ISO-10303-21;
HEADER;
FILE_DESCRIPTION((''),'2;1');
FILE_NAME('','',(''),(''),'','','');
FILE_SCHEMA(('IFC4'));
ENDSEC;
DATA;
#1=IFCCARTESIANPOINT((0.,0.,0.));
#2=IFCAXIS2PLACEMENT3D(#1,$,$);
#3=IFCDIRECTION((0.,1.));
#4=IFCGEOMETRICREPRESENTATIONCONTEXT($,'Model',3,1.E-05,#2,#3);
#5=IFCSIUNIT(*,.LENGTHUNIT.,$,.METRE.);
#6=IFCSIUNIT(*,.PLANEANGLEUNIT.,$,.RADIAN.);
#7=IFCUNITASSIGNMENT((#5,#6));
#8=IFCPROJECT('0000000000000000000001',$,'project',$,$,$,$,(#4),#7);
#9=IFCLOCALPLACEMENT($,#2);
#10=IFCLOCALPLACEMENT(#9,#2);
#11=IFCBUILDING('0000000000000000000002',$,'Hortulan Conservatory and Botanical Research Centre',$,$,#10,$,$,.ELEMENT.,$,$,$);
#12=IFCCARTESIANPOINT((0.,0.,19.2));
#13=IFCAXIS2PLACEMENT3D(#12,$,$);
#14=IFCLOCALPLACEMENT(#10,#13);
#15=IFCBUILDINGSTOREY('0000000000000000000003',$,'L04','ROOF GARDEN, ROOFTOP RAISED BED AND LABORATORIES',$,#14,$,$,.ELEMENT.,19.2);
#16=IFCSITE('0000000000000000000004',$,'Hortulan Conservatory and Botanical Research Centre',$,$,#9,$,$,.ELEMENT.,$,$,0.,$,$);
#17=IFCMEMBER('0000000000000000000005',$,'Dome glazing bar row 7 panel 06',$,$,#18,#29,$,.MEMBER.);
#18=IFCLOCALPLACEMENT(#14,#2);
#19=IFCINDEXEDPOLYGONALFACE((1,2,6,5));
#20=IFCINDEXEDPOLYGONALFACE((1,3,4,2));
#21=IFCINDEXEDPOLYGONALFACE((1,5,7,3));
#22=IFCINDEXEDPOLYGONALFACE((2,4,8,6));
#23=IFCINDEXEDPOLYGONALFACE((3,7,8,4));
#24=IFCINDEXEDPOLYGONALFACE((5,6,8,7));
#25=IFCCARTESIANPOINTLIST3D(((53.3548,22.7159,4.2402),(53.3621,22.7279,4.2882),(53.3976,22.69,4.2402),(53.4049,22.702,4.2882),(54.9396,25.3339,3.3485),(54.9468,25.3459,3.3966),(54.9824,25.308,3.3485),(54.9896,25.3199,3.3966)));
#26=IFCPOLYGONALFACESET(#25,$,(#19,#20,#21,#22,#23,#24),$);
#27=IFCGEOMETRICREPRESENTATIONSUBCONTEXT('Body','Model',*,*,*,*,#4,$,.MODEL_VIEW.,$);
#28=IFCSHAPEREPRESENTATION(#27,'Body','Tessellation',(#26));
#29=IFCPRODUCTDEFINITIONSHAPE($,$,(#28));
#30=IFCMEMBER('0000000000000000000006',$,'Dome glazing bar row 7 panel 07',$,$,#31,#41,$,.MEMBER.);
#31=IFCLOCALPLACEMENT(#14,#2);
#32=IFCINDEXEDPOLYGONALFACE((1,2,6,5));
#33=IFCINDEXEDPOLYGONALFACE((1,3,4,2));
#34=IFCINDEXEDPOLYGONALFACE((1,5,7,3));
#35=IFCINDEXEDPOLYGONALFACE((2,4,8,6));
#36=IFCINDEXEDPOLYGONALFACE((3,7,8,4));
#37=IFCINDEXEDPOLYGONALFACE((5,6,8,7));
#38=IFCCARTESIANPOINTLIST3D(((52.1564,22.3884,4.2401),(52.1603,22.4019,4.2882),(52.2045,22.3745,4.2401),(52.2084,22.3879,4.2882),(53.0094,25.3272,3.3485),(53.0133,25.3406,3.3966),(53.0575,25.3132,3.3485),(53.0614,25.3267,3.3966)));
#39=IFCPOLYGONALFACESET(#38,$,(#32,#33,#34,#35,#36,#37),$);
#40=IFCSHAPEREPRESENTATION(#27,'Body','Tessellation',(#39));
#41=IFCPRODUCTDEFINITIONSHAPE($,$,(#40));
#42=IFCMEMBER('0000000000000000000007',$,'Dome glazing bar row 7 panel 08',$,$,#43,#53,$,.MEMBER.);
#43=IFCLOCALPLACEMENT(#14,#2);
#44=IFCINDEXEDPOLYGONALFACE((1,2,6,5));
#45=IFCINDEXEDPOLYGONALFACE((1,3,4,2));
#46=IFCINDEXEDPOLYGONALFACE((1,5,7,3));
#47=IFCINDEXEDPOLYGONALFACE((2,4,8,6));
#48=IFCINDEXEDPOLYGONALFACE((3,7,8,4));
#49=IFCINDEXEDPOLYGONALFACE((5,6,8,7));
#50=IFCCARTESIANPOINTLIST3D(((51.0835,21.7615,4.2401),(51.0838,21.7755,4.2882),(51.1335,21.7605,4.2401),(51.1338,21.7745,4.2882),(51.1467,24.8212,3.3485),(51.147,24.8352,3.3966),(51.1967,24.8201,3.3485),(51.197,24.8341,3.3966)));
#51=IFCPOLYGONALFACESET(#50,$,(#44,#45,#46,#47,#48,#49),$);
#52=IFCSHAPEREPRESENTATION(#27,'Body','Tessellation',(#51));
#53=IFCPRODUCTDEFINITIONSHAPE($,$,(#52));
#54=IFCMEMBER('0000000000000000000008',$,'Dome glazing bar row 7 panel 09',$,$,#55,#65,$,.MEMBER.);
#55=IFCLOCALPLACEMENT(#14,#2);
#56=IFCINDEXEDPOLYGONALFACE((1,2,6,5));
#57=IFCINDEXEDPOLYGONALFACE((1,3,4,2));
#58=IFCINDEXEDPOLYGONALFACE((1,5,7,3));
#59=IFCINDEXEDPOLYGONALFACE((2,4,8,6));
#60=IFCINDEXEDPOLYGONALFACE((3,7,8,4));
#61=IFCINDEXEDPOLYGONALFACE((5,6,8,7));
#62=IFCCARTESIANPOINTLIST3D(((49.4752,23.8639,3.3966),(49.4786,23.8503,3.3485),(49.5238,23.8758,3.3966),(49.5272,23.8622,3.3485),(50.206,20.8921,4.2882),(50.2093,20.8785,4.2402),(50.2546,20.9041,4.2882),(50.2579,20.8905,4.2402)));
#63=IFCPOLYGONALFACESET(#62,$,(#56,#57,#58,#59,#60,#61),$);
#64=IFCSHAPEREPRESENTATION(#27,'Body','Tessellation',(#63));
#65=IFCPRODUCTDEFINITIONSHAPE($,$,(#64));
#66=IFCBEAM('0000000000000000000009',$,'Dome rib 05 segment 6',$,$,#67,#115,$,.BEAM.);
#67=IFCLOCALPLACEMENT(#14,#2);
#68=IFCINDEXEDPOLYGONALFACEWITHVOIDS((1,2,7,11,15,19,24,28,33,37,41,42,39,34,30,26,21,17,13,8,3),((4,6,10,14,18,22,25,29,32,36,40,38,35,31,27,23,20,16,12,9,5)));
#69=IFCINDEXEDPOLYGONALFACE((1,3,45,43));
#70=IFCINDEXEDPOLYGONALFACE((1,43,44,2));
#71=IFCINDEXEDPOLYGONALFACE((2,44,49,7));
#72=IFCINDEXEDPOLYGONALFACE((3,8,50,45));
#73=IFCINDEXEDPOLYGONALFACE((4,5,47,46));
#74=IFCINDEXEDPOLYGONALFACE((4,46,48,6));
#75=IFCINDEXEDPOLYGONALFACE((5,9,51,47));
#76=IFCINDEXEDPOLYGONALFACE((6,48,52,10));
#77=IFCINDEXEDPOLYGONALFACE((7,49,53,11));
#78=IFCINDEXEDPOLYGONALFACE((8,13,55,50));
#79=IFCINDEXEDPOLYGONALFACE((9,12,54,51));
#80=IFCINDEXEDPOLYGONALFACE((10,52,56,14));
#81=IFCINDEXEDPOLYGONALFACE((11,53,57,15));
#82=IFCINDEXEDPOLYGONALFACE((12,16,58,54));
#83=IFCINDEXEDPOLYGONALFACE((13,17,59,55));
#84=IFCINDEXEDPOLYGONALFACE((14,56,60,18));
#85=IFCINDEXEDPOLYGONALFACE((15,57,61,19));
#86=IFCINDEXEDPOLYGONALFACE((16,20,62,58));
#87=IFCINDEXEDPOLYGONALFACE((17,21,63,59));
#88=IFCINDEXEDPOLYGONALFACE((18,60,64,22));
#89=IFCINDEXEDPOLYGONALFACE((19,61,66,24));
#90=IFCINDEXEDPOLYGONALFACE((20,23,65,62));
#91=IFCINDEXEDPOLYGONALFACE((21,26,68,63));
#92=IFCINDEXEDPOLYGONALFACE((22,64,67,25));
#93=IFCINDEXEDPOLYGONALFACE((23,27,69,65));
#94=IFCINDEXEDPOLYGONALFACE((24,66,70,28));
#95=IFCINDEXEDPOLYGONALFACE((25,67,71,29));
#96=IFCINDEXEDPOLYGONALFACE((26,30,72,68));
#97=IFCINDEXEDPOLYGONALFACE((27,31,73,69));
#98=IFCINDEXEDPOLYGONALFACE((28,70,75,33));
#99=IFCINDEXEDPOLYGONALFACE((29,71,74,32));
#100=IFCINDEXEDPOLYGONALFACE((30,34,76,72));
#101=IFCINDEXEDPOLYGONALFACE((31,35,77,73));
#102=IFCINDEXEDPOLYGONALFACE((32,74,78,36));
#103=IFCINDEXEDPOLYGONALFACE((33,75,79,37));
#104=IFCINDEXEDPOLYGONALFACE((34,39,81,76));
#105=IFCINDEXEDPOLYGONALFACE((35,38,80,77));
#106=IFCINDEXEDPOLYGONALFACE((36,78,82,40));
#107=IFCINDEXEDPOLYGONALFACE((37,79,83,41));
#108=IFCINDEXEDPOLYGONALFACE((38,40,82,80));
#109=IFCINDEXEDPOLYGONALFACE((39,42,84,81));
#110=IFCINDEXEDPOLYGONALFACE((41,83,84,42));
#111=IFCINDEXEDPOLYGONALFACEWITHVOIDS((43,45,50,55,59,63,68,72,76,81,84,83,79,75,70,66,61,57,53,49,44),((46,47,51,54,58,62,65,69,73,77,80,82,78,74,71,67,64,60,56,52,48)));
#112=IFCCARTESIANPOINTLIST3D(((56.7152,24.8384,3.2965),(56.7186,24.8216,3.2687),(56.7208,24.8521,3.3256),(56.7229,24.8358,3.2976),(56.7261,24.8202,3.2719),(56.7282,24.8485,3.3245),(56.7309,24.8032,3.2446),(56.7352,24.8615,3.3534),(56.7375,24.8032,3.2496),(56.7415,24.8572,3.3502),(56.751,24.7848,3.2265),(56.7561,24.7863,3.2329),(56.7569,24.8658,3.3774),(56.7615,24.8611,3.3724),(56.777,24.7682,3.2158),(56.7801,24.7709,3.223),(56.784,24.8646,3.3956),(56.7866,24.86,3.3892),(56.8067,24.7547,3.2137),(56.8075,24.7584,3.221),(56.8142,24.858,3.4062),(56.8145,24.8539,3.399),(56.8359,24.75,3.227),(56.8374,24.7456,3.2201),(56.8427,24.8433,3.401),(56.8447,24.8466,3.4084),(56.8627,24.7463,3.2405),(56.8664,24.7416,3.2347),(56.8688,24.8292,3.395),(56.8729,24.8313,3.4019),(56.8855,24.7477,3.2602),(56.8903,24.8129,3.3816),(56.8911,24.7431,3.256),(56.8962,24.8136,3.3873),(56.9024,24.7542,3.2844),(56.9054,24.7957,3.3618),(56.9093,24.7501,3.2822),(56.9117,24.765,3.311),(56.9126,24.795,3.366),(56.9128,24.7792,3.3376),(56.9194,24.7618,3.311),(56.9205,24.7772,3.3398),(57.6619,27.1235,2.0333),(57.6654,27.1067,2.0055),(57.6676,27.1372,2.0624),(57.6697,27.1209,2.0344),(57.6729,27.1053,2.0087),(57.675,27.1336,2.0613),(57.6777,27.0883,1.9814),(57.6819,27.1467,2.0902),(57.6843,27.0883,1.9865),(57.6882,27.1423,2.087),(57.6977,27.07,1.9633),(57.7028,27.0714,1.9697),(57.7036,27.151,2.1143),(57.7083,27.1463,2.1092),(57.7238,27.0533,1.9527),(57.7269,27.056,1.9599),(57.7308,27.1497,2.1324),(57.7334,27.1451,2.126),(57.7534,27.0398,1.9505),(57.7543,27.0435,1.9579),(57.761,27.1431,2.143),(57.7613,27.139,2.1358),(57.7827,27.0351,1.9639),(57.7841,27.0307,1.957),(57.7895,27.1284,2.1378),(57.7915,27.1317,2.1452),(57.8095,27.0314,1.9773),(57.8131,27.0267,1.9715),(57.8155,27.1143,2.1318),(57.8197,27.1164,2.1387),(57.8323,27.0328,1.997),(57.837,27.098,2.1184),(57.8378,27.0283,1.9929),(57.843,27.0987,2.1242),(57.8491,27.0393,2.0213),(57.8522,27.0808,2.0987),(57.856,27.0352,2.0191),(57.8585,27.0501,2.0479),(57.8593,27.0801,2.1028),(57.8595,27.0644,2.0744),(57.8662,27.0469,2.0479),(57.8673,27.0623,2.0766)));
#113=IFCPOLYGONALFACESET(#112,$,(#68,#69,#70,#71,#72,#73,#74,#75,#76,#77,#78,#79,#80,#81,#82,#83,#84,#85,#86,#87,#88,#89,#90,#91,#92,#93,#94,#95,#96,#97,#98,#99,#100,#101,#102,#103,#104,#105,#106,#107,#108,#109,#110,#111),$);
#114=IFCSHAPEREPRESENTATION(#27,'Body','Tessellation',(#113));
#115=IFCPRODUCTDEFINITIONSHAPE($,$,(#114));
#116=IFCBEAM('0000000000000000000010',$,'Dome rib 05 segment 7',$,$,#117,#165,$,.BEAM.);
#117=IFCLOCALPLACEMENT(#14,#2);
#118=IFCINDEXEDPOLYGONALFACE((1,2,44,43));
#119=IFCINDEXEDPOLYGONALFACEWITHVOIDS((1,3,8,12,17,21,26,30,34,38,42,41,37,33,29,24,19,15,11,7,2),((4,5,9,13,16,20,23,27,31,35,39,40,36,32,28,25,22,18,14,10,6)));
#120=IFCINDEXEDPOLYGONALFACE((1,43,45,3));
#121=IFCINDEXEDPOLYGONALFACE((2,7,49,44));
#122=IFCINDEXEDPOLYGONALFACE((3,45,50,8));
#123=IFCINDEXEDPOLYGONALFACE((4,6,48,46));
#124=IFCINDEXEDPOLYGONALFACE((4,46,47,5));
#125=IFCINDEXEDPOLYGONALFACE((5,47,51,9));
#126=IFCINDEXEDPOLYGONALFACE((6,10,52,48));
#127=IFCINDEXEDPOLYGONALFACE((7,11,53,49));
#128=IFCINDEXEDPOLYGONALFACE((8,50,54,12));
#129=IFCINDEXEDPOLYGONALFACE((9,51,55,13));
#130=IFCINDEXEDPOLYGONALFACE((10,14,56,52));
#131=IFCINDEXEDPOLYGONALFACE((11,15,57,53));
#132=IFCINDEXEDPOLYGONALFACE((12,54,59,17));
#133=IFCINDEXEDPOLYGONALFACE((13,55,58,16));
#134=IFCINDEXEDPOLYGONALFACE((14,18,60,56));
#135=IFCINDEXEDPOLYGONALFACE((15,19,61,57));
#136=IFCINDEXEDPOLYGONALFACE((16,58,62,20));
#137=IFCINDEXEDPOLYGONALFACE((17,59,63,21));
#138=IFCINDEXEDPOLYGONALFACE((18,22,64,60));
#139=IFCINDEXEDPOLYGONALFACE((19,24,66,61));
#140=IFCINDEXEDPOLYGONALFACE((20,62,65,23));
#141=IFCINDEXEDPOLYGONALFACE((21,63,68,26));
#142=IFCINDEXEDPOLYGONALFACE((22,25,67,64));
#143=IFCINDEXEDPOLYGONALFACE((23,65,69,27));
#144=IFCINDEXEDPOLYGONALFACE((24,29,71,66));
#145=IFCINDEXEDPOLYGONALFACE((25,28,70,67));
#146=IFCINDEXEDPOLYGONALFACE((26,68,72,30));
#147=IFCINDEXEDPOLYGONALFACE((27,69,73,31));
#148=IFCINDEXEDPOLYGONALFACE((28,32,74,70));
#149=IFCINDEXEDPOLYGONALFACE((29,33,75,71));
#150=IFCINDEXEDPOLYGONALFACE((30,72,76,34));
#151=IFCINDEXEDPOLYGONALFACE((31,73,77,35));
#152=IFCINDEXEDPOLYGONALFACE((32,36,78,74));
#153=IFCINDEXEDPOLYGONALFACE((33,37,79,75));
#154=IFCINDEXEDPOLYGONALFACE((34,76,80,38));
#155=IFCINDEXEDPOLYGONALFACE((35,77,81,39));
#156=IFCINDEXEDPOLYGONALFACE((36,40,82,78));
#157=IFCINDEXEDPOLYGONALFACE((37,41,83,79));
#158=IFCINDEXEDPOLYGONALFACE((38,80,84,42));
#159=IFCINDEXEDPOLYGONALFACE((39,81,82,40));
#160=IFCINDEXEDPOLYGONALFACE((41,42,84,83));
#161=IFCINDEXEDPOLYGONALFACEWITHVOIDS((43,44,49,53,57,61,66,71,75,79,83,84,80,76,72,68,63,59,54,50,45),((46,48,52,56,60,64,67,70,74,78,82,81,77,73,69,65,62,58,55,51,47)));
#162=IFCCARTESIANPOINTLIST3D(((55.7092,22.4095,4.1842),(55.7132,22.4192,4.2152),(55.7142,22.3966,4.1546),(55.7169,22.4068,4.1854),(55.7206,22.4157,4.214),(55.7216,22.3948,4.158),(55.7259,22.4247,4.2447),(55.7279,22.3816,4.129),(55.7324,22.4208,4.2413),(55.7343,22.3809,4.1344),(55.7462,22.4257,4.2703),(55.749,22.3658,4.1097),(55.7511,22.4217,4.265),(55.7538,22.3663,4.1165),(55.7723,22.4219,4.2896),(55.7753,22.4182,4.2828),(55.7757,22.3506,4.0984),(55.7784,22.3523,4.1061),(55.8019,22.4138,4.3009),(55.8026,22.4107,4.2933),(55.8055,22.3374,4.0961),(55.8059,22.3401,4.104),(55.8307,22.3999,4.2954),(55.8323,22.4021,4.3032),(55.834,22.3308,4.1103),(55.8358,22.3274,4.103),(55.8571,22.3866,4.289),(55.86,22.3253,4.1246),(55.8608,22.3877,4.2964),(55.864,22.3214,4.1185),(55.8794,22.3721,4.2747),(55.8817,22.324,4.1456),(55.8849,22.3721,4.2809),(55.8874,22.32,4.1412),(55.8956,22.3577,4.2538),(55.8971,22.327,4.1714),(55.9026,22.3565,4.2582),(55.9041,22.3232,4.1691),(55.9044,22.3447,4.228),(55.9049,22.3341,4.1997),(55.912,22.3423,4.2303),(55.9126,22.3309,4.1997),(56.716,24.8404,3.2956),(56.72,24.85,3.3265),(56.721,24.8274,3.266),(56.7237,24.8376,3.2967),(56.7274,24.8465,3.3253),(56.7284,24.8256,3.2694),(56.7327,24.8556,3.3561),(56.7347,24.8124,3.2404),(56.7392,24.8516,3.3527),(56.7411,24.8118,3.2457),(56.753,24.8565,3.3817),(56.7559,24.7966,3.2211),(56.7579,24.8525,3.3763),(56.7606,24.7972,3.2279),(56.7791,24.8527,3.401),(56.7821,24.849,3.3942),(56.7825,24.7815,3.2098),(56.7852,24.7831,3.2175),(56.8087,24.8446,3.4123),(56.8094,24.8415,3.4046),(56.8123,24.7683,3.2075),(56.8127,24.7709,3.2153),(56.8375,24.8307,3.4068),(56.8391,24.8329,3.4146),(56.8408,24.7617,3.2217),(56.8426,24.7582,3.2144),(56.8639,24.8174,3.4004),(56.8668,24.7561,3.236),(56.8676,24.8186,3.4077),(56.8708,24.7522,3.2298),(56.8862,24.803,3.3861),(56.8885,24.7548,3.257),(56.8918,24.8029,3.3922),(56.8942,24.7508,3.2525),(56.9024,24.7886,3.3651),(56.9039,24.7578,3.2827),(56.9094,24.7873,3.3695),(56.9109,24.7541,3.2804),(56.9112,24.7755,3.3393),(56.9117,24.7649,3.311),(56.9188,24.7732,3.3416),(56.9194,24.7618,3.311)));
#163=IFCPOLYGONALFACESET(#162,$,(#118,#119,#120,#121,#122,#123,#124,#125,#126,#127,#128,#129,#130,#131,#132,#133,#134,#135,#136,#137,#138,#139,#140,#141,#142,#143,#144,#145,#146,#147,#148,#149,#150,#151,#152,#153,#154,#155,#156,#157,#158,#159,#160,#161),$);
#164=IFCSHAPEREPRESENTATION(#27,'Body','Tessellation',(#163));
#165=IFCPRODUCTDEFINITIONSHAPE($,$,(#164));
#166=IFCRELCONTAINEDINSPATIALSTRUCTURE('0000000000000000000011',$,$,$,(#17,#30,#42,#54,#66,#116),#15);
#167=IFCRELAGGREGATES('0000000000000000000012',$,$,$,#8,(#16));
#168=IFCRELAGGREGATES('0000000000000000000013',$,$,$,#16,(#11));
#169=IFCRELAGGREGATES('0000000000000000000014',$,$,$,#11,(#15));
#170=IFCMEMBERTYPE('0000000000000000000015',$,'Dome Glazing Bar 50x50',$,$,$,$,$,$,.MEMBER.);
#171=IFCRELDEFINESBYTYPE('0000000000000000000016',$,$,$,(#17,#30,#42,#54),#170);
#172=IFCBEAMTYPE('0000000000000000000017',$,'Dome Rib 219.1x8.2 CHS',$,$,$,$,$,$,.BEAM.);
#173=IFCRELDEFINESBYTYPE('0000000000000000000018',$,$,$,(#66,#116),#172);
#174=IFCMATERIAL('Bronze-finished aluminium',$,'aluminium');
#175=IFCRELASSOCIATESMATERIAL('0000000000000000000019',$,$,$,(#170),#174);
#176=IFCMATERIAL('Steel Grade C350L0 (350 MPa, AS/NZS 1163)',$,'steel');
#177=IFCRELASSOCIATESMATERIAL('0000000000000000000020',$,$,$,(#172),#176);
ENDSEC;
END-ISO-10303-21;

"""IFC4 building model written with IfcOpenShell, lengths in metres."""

from ifc_helpers import new_model, si_unit, direction, frame, origin, origin_2d, place, context, subcontext, project, spatial, rectangle, hollow_circle, extrude, material, material_profile, profile_set, type_object, element, save


model = new_model("IFC4")

# Units and contexts
model_context = context("Model", 3, precision=1e-05, world=origin(), true_north=direction((0.0, 1.0)))
body_context = subcontext(model_context, "Body", "Model", "MODEL_VIEW")
ifc_project = project(units=[si_unit("LENGTHUNIT", "METRE"), si_unit("PLANEANGLEUNIT", "RADIAN")], contexts=[model_context])

# Site, building, storey
site_placement = place(None, origin())
site = spatial("IfcSite", under=ifc_project, at=site_placement, Name="Hortulan Conservatory and Botanical Research Centre", CompositionType="ELEMENT", RefElevation=0.0)
building_placement = place(site_placement, origin())
building = spatial("IfcBuilding", under=site, at=building_placement, Name="Hortulan Conservatory and Botanical Research Centre", CompositionType="ELEMENT")
storey_placement = place(building_placement, frame((0.0, 0.0, 19.2)))
storey = spatial("IfcBuildingStorey", under=building, at=storey_placement, Name="L04", Description="ROOF GARDEN, ROOFTOP RAISED BED AND LABORATORIES", CompositionType="ELEMENT", Elevation=19.2)

# Members
ifc_material_1 = material(Name="Bronze-finished aluminium", Category="aluminium")
ifc_material_profile_1 = material_profile(ifc_material_1, rectangle(XDim=0.05, YDim=0.05, at=origin_2d()), Name="Square bar 50x50")
ifc_profile_set_1 = profile_set([ifc_material_profile_1], Name="Bronze-finished aluminium")
member_type_1 = type_object("IfcMemberType", Name="Dome Glazing Bar 50x50", PredefinedType="MEMBER", material=ifc_profile_set_1)
member_1_placement = place(storey_placement, frame((54.9646, 25.3269, 3.3726), z_axis=(-0.497175, -0.821323, 0.279723), x_axis=(0.855473, -0.517847, 0.0)))
element("IfcMember", 1, at=member_1_placement, inside=storey, type_object=member_type_1, Name="Dome glazing bar row 7 panel 06", PredefinedType="MEMBER", context=body_context, shape_type="SweptSolid", body=[
    extrude(rectangle(XDim=0.05, YDim=0.05, at=origin_2d()), origin(), (0.0, 0.0, 1.0), 3.1875),
])
member_2_placement = place(storey_placement, frame((53.0354, 25.3269, 3.3726), z_axis=(-0.267636, -0.922018, 0.279738), x_axis=(0.960359, -0.278765, 0.0)))
element("IfcMember", 2, at=member_2_placement, inside=storey, type_object=member_type_1, Name="Dome glazing bar row 7 panel 07", PredefinedType="MEMBER", context=body_context, shape_type="SweptSolid", body=[
    extrude(rectangle(XDim=0.05, YDim=0.05, at=origin_2d()), origin(), (0.0, 0.0, 1.0), 3.1873),
])
for number, where, z_axis, x_axis, name in (
    (3, (51.1719, 24.8276, 3.3726), (-0.019838, -0.959876, 0.279721), (0.999787, -0.020663, 0.0), "Dome glazing bar row 7 panel 08"),
    (4, (49.5012, 23.863, 3.3726), (0.229248, -0.932309, 0.279723), (0.971074, 0.238779, 0.0), "Dome glazing bar row 7 panel 09"),
):
    element("IfcMember", number, at=place(storey_placement, frame(where, z_axis=z_axis, x_axis=x_axis)), inside=storey, type_object=member_type_1, Name=name, PredefinedType="MEMBER", context=body_context, shape_type="SweptSolid", body=[
        extrude(rectangle(XDim=0.05, YDim=0.05, at=origin_2d()), origin(), (0.0, 0.0, 1.0), 3.1875),
    ])

# Beams
ifc_material_2 = material(Name="Steel Grade C350L0 (350 MPa, AS/NZS 1163)", Category="steel")
ifc_material_profile_2 = material_profile(ifc_material_2, hollow_circle(Radius=0.1096, WallThickness=0.0083, at=origin_2d()), Name="219.1x8.2CHS")
ifc_profile_set_2 = profile_set([ifc_material_profile_2], Name="Steel Grade C350L0 (350 MPa, AS/NZS 1163)")
beam_type = type_object("IfcBeamType", Name="Dome Rib 219.1x8.2 CHS", PredefinedType="BEAM", material=ifc_profile_set_2)
beam_1_placement = place(storey_placement, frame((57.7649, 27.0889, 2.0479), z_axis=(-0.340886, -0.822768, 0.454808), x_axis=(0.923846, -0.382764, 0.0)))
element("IfcBeam", 5, at=beam_1_placement, inside=storey, type_object=beam_type, Name="Dome rib 05 segment 6", PredefinedType="BEAM", context=body_context, shape_type="SweptSolid", body=[
    extrude(hollow_circle(Radius=0.1096, WallThickness=0.0083, at=origin_2d()), origin(), (0.0, 0.0, 1.0), 2.7773),
])
beam_2_placement = place(storey_placement, frame((56.8181, 24.8037, 3.311), z_axis=(-0.362538, -0.875313, 0.31999), x_axis=(0.92389, -0.382658, 0.0)))
element("IfcBeam", 6, at=beam_2_placement, inside=storey, type_object=beam_type, Name="Dome rib 05 segment 7", PredefinedType="BEAM", context=body_context, shape_type="SweptSolid", body=[
    extrude(hollow_circle(Radius=0.1096, WallThickness=0.0083, at=origin_2d()), origin(), (0.0, 0.0, 1.0), 2.7771),
])

save(model, "model.ifc")
